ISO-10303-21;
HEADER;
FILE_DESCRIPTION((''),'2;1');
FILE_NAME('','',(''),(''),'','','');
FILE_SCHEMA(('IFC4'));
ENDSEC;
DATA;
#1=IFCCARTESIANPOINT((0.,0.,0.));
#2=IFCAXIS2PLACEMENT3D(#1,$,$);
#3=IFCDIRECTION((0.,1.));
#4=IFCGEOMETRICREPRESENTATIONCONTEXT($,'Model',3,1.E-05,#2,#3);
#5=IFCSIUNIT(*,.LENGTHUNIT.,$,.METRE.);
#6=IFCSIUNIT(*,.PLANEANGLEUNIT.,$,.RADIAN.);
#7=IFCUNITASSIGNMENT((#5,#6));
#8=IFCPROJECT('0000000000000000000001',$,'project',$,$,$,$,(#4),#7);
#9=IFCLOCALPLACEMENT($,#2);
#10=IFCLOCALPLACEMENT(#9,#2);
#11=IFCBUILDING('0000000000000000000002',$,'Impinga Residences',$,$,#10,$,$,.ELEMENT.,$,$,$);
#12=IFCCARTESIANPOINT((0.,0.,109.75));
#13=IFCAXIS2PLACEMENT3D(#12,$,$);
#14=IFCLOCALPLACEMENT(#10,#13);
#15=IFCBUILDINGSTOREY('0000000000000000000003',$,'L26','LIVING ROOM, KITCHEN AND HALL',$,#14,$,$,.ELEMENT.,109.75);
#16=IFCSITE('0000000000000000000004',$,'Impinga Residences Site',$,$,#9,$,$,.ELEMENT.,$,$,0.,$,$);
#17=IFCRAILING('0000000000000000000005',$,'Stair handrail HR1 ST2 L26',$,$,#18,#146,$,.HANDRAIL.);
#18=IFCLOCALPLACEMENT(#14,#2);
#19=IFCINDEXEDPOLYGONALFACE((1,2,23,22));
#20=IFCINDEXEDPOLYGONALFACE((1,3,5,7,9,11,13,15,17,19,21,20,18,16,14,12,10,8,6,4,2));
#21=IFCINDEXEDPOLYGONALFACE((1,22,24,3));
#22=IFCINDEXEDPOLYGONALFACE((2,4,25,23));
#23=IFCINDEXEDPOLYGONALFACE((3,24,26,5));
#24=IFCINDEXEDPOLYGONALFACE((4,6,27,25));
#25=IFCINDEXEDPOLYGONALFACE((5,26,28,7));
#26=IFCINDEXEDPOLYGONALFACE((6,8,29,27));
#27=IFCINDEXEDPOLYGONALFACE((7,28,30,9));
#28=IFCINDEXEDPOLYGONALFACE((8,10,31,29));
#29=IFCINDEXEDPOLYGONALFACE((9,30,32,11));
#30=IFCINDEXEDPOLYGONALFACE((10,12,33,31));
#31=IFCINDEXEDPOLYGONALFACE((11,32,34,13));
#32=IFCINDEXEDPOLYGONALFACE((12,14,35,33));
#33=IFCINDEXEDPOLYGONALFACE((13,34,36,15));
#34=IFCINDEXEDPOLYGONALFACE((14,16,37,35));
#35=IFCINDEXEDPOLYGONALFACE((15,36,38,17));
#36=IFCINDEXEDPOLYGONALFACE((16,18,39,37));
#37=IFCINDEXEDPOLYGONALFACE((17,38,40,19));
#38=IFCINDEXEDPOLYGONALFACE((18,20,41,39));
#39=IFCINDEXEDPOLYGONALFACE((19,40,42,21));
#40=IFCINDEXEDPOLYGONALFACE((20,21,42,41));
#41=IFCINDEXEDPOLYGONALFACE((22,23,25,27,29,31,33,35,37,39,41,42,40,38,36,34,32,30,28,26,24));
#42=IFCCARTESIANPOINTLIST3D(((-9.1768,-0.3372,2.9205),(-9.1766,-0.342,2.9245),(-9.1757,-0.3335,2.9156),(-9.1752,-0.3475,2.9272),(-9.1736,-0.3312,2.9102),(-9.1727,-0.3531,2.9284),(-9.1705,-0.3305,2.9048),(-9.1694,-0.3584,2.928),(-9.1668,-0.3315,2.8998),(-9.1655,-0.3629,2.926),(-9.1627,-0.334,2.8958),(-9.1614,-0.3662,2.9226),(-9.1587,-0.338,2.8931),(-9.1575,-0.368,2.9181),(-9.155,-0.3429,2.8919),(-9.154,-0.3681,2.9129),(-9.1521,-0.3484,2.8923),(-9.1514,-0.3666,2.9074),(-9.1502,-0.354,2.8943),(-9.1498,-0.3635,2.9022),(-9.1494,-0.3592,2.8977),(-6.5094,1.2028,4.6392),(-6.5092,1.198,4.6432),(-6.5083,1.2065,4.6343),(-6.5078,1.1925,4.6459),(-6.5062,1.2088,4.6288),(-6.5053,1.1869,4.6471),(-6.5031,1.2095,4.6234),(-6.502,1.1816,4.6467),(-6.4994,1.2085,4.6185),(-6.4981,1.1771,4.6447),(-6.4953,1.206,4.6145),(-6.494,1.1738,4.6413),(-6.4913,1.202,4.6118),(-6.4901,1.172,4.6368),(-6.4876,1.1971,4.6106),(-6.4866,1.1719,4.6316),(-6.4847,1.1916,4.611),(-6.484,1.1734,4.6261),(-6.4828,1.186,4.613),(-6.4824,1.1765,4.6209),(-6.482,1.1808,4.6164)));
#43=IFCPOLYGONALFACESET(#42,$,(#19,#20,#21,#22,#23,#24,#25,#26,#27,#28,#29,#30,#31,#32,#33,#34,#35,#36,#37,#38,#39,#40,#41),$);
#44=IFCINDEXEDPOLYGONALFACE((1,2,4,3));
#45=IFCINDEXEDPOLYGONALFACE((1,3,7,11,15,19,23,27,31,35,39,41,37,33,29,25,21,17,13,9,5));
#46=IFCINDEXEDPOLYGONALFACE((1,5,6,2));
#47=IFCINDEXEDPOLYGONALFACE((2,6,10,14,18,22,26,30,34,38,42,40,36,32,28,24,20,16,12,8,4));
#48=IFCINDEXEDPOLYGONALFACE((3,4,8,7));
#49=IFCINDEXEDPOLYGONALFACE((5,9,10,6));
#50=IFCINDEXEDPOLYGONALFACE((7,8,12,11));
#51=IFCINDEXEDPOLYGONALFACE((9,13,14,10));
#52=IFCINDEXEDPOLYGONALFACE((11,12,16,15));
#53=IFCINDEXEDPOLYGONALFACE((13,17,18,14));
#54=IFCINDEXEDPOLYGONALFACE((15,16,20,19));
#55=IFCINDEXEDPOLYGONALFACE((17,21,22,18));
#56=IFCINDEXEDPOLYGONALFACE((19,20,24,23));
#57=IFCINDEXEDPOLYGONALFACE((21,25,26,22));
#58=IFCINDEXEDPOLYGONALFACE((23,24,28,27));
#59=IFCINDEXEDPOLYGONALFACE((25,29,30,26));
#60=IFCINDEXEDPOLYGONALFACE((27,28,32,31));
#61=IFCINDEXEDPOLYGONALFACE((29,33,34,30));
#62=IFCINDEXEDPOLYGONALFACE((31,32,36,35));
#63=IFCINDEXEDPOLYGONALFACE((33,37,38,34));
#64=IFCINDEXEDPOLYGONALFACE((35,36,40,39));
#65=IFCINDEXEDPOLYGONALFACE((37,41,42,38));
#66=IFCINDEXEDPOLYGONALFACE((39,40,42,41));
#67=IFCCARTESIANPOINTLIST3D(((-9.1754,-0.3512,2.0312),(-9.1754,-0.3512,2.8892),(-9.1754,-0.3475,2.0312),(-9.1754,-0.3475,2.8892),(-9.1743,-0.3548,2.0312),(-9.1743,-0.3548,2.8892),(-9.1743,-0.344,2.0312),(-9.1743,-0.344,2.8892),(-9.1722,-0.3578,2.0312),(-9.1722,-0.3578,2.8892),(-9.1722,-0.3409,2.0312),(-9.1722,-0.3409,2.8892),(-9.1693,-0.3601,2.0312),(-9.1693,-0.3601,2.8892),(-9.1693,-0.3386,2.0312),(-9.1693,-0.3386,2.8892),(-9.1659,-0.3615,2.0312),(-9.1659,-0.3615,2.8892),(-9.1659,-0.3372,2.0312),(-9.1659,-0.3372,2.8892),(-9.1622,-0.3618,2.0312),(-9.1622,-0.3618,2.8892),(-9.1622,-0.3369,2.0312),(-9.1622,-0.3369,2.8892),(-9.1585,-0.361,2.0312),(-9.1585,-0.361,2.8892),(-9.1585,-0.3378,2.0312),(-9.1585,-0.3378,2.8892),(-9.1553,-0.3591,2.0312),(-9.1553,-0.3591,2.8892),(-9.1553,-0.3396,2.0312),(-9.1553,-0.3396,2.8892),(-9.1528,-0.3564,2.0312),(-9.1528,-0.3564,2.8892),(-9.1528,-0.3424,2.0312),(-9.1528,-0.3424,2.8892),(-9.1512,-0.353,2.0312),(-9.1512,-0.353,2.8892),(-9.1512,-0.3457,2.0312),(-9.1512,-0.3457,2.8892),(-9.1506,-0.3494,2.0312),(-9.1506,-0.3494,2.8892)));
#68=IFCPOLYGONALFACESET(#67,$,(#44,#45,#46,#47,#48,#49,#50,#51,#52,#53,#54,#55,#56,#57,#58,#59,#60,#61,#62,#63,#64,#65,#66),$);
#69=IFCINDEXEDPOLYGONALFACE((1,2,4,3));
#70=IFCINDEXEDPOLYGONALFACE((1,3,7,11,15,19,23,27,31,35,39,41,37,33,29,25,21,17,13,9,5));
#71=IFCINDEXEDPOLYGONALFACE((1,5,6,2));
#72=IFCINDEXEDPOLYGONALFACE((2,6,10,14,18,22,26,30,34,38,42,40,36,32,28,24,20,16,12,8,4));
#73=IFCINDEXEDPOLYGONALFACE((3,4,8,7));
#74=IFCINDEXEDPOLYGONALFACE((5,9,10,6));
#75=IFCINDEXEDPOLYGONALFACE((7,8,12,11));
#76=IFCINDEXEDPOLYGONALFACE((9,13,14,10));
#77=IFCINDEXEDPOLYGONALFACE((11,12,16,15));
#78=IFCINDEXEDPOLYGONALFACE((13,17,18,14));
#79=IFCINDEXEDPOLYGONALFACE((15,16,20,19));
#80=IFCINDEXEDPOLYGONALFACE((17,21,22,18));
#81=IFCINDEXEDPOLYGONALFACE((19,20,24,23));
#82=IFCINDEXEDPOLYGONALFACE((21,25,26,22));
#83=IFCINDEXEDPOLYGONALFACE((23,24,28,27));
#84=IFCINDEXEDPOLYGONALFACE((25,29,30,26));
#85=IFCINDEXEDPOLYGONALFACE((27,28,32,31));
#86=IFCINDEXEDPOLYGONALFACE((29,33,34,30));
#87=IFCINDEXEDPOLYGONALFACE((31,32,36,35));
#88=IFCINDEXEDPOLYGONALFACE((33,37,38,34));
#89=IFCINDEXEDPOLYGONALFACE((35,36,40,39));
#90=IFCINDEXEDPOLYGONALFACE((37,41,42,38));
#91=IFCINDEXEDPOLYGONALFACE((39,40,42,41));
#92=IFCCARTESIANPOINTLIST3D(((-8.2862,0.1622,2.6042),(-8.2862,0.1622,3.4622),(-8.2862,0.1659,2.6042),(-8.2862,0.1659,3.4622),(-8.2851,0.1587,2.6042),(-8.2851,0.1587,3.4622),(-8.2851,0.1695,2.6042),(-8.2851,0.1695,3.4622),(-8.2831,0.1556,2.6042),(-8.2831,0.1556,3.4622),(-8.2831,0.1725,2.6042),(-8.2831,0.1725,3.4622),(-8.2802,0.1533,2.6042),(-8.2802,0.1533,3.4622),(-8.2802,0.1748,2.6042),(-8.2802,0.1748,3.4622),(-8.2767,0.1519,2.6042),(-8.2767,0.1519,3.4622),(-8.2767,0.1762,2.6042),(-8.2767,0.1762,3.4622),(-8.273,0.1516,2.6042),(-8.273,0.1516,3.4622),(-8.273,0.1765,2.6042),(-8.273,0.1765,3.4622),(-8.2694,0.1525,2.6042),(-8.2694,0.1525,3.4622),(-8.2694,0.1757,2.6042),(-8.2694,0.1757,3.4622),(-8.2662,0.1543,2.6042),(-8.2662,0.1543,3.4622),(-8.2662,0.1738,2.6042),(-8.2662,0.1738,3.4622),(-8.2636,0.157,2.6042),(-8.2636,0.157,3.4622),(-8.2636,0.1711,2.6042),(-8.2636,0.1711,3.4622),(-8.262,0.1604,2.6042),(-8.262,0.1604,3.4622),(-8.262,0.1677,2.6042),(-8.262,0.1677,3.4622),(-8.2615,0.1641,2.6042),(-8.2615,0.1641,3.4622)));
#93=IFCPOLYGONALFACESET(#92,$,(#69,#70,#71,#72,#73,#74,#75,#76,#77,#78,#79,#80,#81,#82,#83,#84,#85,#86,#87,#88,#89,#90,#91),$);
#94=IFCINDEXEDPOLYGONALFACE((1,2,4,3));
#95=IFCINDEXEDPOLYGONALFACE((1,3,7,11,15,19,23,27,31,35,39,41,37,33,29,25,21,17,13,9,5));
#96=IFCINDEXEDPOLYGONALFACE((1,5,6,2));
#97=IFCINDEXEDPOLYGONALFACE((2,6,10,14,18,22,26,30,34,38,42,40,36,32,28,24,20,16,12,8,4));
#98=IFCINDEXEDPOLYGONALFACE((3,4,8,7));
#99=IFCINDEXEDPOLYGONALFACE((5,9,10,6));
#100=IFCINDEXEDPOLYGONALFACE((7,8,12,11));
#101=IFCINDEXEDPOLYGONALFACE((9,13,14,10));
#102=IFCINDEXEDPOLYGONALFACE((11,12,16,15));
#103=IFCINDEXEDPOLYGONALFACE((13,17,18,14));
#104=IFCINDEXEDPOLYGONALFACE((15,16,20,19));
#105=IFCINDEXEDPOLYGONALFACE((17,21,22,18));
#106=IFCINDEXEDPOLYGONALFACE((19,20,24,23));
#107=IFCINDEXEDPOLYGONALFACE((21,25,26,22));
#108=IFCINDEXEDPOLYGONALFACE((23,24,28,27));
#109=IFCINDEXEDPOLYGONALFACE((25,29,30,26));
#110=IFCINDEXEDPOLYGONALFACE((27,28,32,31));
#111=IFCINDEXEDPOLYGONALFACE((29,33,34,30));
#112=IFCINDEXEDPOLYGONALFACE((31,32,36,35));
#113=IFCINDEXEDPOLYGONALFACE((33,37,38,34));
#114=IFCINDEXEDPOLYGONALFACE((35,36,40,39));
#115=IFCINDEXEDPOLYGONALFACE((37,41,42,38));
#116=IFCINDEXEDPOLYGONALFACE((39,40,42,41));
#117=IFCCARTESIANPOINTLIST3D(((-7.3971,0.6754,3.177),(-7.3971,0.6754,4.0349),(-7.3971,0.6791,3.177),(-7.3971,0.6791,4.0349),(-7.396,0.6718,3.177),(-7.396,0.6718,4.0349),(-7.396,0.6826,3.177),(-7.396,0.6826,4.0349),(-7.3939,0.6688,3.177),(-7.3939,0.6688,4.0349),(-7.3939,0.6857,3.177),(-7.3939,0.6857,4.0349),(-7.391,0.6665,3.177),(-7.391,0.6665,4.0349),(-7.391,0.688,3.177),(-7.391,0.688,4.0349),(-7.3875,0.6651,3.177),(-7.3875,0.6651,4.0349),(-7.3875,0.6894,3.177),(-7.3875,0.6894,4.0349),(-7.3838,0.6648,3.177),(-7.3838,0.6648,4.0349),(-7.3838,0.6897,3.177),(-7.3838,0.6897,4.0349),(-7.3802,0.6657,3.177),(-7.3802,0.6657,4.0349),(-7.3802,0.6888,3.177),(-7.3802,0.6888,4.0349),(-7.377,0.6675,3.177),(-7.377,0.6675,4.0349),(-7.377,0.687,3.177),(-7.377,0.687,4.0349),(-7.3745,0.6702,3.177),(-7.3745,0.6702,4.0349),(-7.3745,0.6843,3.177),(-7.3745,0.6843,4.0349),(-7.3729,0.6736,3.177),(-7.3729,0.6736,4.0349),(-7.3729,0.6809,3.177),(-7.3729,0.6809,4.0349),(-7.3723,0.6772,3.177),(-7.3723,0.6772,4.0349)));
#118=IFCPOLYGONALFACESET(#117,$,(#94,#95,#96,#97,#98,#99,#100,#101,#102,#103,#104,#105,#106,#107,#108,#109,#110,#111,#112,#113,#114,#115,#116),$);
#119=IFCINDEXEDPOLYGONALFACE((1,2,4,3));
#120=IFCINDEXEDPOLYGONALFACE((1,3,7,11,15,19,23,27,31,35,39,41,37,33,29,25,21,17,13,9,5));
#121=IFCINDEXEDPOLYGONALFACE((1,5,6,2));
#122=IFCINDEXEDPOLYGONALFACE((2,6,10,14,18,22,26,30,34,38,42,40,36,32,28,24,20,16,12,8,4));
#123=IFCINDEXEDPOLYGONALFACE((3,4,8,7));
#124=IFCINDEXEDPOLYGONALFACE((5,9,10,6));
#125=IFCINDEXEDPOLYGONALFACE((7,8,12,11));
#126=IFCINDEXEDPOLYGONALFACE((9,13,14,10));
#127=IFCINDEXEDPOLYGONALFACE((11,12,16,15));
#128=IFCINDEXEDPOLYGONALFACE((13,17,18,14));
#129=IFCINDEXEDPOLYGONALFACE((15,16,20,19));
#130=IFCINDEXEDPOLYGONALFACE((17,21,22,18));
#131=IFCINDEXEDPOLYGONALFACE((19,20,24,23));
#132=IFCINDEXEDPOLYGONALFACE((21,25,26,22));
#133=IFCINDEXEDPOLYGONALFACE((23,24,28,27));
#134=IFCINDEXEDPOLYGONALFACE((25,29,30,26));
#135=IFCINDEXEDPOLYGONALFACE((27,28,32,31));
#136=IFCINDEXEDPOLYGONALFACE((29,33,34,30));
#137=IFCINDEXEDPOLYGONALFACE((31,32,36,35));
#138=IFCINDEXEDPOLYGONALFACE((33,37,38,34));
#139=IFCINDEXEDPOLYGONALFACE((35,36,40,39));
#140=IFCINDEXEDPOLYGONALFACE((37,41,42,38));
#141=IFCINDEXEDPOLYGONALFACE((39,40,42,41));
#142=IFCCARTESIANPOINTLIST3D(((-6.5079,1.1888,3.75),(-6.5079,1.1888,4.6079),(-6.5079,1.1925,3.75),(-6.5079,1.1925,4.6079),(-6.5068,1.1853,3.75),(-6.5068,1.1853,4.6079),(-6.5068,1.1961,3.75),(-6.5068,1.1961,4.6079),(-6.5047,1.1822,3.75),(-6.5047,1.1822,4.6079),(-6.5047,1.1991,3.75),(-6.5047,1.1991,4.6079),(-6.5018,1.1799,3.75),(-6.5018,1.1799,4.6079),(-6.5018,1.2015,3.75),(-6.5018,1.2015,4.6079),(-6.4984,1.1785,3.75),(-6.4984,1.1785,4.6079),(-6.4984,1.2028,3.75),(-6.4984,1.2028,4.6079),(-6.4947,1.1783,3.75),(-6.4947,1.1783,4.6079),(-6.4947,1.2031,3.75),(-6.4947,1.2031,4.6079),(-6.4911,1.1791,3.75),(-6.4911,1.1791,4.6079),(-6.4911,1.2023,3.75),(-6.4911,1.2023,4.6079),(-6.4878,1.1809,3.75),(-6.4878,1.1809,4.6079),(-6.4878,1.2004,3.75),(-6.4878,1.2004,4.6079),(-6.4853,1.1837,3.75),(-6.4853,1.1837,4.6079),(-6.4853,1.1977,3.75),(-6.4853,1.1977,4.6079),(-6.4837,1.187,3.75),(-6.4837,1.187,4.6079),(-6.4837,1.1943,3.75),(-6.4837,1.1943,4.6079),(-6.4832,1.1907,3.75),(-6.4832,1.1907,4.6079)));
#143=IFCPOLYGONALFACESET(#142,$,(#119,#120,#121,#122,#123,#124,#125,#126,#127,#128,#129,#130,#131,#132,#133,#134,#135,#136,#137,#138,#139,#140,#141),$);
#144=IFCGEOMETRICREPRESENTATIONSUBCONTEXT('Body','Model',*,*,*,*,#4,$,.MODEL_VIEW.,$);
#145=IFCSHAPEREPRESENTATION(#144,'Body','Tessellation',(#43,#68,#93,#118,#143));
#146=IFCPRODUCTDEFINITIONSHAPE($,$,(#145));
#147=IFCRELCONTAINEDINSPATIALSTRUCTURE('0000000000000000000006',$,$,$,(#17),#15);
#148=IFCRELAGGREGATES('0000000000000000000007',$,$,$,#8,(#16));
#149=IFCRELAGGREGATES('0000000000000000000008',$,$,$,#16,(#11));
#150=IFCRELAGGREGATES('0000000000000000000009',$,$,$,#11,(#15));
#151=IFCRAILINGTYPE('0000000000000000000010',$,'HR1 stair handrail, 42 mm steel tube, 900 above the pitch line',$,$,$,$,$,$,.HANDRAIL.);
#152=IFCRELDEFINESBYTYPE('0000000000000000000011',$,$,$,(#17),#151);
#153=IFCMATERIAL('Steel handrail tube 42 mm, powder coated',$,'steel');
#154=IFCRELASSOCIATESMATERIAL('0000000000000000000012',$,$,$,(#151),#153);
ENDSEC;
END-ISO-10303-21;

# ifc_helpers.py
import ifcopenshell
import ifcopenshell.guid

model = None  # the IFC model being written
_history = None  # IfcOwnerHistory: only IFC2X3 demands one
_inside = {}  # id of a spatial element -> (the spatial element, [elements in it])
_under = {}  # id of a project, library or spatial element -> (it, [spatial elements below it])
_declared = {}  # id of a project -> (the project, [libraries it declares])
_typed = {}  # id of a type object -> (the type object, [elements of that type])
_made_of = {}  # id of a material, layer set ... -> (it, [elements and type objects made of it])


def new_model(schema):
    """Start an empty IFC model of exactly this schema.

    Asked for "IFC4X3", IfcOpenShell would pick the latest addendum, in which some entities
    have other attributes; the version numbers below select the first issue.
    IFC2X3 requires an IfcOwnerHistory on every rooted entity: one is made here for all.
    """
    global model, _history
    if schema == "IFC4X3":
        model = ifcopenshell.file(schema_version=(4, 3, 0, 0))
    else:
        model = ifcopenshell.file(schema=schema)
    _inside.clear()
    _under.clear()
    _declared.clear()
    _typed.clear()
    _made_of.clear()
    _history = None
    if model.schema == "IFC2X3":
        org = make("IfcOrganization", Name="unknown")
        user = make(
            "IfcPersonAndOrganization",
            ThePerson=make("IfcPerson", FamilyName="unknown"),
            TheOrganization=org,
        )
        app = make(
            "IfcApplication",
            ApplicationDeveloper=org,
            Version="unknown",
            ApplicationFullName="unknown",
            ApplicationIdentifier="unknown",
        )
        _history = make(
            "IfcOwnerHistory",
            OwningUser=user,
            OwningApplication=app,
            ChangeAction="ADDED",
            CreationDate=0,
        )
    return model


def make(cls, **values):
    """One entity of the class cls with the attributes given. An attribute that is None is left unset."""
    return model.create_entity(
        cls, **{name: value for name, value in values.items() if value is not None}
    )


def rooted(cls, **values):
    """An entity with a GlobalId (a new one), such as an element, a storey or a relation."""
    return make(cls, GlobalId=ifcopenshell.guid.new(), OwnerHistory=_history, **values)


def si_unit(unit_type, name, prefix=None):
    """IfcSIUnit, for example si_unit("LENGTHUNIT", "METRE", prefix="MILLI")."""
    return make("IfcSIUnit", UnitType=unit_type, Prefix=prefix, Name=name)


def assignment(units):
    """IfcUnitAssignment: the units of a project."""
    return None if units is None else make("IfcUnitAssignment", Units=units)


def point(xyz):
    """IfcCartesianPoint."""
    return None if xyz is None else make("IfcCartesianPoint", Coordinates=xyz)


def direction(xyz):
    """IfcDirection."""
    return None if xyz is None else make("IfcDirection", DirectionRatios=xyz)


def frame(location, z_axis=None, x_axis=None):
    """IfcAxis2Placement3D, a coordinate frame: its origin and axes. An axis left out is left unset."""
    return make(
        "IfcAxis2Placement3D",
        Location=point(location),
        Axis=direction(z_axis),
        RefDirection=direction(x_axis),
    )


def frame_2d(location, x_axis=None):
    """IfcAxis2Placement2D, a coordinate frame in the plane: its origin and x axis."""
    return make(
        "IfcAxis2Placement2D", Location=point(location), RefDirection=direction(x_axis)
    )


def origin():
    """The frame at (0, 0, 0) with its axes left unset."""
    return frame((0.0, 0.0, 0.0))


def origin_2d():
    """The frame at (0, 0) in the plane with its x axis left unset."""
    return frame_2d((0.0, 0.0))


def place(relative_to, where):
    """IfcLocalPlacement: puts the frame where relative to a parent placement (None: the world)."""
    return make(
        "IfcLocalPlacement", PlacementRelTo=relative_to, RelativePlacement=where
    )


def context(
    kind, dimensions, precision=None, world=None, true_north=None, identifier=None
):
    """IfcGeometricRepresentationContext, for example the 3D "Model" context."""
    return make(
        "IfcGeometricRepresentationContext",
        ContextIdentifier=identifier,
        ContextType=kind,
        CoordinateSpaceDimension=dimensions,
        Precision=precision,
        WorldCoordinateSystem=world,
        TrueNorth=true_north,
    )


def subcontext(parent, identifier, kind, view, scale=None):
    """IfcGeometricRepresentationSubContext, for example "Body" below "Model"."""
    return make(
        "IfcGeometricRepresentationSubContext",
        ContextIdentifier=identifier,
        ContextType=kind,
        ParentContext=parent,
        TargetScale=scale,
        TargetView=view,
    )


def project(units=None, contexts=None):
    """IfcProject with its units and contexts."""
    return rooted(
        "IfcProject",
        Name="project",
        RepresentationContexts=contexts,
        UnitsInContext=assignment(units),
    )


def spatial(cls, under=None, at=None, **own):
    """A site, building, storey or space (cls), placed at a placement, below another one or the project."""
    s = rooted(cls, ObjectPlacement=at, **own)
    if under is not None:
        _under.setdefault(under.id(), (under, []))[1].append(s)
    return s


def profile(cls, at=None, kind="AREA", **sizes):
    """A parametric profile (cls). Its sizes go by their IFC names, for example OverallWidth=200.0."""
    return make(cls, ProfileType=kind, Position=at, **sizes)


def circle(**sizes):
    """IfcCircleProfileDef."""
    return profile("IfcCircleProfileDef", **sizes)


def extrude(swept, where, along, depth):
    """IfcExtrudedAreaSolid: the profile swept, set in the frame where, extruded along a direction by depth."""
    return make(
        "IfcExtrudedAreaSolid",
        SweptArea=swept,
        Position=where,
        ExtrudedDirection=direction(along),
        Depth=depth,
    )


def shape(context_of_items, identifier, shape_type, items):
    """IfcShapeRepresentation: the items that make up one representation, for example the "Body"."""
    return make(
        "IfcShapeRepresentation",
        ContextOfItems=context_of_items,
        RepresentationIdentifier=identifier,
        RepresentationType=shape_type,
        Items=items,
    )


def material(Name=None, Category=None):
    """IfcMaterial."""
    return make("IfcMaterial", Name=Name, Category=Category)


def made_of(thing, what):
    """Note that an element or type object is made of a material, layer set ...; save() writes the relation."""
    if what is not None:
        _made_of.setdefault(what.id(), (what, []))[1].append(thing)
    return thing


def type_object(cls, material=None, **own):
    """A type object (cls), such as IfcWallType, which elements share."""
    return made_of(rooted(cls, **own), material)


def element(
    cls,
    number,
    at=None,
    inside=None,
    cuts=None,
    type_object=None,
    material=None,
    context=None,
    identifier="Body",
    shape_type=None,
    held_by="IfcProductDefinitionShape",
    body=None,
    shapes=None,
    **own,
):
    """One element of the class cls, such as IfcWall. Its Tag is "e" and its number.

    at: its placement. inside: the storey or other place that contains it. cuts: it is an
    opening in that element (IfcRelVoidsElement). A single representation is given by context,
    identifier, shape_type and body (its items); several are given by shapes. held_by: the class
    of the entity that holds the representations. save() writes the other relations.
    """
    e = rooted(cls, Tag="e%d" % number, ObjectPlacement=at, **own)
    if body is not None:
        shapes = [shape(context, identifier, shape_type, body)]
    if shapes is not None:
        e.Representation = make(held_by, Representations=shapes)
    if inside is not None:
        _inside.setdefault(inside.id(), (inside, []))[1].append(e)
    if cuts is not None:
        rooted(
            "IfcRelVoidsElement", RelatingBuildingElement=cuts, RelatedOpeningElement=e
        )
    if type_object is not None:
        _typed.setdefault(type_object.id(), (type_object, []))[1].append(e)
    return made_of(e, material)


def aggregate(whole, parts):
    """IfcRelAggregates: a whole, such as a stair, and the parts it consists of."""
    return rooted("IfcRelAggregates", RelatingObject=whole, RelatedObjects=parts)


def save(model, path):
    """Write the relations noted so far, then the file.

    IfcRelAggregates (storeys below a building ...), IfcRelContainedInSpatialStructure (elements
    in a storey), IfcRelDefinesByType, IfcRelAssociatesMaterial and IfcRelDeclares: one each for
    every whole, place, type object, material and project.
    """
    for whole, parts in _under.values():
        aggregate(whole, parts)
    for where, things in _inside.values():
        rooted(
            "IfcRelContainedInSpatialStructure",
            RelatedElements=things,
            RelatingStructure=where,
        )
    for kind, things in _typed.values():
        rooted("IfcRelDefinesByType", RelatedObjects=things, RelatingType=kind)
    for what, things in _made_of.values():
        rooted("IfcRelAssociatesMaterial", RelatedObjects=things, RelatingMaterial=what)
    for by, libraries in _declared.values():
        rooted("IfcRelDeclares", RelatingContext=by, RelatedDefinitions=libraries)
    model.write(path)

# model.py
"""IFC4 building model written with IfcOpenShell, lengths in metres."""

from ifc_helpers import new_model, si_unit, direction, frame, origin, origin_2d, place, context, subcontext, project, spatial, circle, extrude, material, type_object, element, save


model = new_model("IFC4")

# Units and contexts
model_context = context("Model", 3, precision=1e-05, world=origin(), true_north=direction((0.0, 1.0)))
body_context = subcontext(model_context, "Body", "Model", "MODEL_VIEW")
ifc_project = project(units=[si_unit("LENGTHUNIT", "METRE"), si_unit("PLANEANGLEUNIT", "RADIAN")], contexts=[model_context])

# Site, building, storey
site_placement = place(None, origin())
site = spatial("IfcSite", under=ifc_project, at=site_placement, Name="Impinga Residences Site", CompositionType="ELEMENT", RefElevation=0.0)
building_placement = place(site_placement, origin())
building = spatial("IfcBuilding", under=site, at=building_placement, Name="Impinga Residences", CompositionType="ELEMENT")
storey_placement = place(building_placement, frame((0.0, 0.0, 109.75)))
storey = spatial("IfcBuildingStorey", under=building, at=storey_placement, Name="L26", Description="LIVING ROOM, KITCHEN AND HALL", CompositionType="ELEMENT", Elevation=109.75)

# Railing
ifc_material_1 = material(Name="Steel handrail tube 42 mm, powder coated", Category="steel")
railing_type = type_object("IfcRailingType", Name="HR1 stair handrail, 42 mm steel tube, 900 above the pitch line", PredefinedType="HANDRAIL", material=ifc_material_1)
railing_placement = place(storey_placement, frame((-9.1631, -0.3494, 2.0312)))
element("IfcRailing", 1, at=railing_placement, inside=storey, type_object=railing_type, Name="Stair handrail HR1 ST2 L26", PredefinedType="HANDRAIL", context=body_context, shape_type="SweptSolid", body=[
    extrude(circle(Radius=0.021, at=origin_2d()), frame((0.0, 0.0, 0.8789), z_axis=(0.756256, 0.436616, 0.487282), x_axis=(-0.499992, 0.86603, 0.0)), (0.0, 0.0, 1.0), 3.5271),
    extrude(circle(Radius=0.0125, at=origin_2d()), origin(), (0.0, 0.0, 1.0), 0.8579),
    extrude(circle(Radius=0.0125, at=origin_2d()), frame((0.8892, 0.5134, 0.573)), (0.0, 0.0, 1.0), 0.8579),
    extrude(circle(Radius=0.0125, at=origin_2d()), frame((1.7783, 1.0266, 1.1458)), (0.0, 0.0, 1.0), 0.8579),
    extrude(circle(Radius=0.0125, at=origin_2d()), frame((2.6675, 1.54, 1.7188)), (0.0, 0.0, 1.0), 0.8579),
])

save(model, "model.ifc")
